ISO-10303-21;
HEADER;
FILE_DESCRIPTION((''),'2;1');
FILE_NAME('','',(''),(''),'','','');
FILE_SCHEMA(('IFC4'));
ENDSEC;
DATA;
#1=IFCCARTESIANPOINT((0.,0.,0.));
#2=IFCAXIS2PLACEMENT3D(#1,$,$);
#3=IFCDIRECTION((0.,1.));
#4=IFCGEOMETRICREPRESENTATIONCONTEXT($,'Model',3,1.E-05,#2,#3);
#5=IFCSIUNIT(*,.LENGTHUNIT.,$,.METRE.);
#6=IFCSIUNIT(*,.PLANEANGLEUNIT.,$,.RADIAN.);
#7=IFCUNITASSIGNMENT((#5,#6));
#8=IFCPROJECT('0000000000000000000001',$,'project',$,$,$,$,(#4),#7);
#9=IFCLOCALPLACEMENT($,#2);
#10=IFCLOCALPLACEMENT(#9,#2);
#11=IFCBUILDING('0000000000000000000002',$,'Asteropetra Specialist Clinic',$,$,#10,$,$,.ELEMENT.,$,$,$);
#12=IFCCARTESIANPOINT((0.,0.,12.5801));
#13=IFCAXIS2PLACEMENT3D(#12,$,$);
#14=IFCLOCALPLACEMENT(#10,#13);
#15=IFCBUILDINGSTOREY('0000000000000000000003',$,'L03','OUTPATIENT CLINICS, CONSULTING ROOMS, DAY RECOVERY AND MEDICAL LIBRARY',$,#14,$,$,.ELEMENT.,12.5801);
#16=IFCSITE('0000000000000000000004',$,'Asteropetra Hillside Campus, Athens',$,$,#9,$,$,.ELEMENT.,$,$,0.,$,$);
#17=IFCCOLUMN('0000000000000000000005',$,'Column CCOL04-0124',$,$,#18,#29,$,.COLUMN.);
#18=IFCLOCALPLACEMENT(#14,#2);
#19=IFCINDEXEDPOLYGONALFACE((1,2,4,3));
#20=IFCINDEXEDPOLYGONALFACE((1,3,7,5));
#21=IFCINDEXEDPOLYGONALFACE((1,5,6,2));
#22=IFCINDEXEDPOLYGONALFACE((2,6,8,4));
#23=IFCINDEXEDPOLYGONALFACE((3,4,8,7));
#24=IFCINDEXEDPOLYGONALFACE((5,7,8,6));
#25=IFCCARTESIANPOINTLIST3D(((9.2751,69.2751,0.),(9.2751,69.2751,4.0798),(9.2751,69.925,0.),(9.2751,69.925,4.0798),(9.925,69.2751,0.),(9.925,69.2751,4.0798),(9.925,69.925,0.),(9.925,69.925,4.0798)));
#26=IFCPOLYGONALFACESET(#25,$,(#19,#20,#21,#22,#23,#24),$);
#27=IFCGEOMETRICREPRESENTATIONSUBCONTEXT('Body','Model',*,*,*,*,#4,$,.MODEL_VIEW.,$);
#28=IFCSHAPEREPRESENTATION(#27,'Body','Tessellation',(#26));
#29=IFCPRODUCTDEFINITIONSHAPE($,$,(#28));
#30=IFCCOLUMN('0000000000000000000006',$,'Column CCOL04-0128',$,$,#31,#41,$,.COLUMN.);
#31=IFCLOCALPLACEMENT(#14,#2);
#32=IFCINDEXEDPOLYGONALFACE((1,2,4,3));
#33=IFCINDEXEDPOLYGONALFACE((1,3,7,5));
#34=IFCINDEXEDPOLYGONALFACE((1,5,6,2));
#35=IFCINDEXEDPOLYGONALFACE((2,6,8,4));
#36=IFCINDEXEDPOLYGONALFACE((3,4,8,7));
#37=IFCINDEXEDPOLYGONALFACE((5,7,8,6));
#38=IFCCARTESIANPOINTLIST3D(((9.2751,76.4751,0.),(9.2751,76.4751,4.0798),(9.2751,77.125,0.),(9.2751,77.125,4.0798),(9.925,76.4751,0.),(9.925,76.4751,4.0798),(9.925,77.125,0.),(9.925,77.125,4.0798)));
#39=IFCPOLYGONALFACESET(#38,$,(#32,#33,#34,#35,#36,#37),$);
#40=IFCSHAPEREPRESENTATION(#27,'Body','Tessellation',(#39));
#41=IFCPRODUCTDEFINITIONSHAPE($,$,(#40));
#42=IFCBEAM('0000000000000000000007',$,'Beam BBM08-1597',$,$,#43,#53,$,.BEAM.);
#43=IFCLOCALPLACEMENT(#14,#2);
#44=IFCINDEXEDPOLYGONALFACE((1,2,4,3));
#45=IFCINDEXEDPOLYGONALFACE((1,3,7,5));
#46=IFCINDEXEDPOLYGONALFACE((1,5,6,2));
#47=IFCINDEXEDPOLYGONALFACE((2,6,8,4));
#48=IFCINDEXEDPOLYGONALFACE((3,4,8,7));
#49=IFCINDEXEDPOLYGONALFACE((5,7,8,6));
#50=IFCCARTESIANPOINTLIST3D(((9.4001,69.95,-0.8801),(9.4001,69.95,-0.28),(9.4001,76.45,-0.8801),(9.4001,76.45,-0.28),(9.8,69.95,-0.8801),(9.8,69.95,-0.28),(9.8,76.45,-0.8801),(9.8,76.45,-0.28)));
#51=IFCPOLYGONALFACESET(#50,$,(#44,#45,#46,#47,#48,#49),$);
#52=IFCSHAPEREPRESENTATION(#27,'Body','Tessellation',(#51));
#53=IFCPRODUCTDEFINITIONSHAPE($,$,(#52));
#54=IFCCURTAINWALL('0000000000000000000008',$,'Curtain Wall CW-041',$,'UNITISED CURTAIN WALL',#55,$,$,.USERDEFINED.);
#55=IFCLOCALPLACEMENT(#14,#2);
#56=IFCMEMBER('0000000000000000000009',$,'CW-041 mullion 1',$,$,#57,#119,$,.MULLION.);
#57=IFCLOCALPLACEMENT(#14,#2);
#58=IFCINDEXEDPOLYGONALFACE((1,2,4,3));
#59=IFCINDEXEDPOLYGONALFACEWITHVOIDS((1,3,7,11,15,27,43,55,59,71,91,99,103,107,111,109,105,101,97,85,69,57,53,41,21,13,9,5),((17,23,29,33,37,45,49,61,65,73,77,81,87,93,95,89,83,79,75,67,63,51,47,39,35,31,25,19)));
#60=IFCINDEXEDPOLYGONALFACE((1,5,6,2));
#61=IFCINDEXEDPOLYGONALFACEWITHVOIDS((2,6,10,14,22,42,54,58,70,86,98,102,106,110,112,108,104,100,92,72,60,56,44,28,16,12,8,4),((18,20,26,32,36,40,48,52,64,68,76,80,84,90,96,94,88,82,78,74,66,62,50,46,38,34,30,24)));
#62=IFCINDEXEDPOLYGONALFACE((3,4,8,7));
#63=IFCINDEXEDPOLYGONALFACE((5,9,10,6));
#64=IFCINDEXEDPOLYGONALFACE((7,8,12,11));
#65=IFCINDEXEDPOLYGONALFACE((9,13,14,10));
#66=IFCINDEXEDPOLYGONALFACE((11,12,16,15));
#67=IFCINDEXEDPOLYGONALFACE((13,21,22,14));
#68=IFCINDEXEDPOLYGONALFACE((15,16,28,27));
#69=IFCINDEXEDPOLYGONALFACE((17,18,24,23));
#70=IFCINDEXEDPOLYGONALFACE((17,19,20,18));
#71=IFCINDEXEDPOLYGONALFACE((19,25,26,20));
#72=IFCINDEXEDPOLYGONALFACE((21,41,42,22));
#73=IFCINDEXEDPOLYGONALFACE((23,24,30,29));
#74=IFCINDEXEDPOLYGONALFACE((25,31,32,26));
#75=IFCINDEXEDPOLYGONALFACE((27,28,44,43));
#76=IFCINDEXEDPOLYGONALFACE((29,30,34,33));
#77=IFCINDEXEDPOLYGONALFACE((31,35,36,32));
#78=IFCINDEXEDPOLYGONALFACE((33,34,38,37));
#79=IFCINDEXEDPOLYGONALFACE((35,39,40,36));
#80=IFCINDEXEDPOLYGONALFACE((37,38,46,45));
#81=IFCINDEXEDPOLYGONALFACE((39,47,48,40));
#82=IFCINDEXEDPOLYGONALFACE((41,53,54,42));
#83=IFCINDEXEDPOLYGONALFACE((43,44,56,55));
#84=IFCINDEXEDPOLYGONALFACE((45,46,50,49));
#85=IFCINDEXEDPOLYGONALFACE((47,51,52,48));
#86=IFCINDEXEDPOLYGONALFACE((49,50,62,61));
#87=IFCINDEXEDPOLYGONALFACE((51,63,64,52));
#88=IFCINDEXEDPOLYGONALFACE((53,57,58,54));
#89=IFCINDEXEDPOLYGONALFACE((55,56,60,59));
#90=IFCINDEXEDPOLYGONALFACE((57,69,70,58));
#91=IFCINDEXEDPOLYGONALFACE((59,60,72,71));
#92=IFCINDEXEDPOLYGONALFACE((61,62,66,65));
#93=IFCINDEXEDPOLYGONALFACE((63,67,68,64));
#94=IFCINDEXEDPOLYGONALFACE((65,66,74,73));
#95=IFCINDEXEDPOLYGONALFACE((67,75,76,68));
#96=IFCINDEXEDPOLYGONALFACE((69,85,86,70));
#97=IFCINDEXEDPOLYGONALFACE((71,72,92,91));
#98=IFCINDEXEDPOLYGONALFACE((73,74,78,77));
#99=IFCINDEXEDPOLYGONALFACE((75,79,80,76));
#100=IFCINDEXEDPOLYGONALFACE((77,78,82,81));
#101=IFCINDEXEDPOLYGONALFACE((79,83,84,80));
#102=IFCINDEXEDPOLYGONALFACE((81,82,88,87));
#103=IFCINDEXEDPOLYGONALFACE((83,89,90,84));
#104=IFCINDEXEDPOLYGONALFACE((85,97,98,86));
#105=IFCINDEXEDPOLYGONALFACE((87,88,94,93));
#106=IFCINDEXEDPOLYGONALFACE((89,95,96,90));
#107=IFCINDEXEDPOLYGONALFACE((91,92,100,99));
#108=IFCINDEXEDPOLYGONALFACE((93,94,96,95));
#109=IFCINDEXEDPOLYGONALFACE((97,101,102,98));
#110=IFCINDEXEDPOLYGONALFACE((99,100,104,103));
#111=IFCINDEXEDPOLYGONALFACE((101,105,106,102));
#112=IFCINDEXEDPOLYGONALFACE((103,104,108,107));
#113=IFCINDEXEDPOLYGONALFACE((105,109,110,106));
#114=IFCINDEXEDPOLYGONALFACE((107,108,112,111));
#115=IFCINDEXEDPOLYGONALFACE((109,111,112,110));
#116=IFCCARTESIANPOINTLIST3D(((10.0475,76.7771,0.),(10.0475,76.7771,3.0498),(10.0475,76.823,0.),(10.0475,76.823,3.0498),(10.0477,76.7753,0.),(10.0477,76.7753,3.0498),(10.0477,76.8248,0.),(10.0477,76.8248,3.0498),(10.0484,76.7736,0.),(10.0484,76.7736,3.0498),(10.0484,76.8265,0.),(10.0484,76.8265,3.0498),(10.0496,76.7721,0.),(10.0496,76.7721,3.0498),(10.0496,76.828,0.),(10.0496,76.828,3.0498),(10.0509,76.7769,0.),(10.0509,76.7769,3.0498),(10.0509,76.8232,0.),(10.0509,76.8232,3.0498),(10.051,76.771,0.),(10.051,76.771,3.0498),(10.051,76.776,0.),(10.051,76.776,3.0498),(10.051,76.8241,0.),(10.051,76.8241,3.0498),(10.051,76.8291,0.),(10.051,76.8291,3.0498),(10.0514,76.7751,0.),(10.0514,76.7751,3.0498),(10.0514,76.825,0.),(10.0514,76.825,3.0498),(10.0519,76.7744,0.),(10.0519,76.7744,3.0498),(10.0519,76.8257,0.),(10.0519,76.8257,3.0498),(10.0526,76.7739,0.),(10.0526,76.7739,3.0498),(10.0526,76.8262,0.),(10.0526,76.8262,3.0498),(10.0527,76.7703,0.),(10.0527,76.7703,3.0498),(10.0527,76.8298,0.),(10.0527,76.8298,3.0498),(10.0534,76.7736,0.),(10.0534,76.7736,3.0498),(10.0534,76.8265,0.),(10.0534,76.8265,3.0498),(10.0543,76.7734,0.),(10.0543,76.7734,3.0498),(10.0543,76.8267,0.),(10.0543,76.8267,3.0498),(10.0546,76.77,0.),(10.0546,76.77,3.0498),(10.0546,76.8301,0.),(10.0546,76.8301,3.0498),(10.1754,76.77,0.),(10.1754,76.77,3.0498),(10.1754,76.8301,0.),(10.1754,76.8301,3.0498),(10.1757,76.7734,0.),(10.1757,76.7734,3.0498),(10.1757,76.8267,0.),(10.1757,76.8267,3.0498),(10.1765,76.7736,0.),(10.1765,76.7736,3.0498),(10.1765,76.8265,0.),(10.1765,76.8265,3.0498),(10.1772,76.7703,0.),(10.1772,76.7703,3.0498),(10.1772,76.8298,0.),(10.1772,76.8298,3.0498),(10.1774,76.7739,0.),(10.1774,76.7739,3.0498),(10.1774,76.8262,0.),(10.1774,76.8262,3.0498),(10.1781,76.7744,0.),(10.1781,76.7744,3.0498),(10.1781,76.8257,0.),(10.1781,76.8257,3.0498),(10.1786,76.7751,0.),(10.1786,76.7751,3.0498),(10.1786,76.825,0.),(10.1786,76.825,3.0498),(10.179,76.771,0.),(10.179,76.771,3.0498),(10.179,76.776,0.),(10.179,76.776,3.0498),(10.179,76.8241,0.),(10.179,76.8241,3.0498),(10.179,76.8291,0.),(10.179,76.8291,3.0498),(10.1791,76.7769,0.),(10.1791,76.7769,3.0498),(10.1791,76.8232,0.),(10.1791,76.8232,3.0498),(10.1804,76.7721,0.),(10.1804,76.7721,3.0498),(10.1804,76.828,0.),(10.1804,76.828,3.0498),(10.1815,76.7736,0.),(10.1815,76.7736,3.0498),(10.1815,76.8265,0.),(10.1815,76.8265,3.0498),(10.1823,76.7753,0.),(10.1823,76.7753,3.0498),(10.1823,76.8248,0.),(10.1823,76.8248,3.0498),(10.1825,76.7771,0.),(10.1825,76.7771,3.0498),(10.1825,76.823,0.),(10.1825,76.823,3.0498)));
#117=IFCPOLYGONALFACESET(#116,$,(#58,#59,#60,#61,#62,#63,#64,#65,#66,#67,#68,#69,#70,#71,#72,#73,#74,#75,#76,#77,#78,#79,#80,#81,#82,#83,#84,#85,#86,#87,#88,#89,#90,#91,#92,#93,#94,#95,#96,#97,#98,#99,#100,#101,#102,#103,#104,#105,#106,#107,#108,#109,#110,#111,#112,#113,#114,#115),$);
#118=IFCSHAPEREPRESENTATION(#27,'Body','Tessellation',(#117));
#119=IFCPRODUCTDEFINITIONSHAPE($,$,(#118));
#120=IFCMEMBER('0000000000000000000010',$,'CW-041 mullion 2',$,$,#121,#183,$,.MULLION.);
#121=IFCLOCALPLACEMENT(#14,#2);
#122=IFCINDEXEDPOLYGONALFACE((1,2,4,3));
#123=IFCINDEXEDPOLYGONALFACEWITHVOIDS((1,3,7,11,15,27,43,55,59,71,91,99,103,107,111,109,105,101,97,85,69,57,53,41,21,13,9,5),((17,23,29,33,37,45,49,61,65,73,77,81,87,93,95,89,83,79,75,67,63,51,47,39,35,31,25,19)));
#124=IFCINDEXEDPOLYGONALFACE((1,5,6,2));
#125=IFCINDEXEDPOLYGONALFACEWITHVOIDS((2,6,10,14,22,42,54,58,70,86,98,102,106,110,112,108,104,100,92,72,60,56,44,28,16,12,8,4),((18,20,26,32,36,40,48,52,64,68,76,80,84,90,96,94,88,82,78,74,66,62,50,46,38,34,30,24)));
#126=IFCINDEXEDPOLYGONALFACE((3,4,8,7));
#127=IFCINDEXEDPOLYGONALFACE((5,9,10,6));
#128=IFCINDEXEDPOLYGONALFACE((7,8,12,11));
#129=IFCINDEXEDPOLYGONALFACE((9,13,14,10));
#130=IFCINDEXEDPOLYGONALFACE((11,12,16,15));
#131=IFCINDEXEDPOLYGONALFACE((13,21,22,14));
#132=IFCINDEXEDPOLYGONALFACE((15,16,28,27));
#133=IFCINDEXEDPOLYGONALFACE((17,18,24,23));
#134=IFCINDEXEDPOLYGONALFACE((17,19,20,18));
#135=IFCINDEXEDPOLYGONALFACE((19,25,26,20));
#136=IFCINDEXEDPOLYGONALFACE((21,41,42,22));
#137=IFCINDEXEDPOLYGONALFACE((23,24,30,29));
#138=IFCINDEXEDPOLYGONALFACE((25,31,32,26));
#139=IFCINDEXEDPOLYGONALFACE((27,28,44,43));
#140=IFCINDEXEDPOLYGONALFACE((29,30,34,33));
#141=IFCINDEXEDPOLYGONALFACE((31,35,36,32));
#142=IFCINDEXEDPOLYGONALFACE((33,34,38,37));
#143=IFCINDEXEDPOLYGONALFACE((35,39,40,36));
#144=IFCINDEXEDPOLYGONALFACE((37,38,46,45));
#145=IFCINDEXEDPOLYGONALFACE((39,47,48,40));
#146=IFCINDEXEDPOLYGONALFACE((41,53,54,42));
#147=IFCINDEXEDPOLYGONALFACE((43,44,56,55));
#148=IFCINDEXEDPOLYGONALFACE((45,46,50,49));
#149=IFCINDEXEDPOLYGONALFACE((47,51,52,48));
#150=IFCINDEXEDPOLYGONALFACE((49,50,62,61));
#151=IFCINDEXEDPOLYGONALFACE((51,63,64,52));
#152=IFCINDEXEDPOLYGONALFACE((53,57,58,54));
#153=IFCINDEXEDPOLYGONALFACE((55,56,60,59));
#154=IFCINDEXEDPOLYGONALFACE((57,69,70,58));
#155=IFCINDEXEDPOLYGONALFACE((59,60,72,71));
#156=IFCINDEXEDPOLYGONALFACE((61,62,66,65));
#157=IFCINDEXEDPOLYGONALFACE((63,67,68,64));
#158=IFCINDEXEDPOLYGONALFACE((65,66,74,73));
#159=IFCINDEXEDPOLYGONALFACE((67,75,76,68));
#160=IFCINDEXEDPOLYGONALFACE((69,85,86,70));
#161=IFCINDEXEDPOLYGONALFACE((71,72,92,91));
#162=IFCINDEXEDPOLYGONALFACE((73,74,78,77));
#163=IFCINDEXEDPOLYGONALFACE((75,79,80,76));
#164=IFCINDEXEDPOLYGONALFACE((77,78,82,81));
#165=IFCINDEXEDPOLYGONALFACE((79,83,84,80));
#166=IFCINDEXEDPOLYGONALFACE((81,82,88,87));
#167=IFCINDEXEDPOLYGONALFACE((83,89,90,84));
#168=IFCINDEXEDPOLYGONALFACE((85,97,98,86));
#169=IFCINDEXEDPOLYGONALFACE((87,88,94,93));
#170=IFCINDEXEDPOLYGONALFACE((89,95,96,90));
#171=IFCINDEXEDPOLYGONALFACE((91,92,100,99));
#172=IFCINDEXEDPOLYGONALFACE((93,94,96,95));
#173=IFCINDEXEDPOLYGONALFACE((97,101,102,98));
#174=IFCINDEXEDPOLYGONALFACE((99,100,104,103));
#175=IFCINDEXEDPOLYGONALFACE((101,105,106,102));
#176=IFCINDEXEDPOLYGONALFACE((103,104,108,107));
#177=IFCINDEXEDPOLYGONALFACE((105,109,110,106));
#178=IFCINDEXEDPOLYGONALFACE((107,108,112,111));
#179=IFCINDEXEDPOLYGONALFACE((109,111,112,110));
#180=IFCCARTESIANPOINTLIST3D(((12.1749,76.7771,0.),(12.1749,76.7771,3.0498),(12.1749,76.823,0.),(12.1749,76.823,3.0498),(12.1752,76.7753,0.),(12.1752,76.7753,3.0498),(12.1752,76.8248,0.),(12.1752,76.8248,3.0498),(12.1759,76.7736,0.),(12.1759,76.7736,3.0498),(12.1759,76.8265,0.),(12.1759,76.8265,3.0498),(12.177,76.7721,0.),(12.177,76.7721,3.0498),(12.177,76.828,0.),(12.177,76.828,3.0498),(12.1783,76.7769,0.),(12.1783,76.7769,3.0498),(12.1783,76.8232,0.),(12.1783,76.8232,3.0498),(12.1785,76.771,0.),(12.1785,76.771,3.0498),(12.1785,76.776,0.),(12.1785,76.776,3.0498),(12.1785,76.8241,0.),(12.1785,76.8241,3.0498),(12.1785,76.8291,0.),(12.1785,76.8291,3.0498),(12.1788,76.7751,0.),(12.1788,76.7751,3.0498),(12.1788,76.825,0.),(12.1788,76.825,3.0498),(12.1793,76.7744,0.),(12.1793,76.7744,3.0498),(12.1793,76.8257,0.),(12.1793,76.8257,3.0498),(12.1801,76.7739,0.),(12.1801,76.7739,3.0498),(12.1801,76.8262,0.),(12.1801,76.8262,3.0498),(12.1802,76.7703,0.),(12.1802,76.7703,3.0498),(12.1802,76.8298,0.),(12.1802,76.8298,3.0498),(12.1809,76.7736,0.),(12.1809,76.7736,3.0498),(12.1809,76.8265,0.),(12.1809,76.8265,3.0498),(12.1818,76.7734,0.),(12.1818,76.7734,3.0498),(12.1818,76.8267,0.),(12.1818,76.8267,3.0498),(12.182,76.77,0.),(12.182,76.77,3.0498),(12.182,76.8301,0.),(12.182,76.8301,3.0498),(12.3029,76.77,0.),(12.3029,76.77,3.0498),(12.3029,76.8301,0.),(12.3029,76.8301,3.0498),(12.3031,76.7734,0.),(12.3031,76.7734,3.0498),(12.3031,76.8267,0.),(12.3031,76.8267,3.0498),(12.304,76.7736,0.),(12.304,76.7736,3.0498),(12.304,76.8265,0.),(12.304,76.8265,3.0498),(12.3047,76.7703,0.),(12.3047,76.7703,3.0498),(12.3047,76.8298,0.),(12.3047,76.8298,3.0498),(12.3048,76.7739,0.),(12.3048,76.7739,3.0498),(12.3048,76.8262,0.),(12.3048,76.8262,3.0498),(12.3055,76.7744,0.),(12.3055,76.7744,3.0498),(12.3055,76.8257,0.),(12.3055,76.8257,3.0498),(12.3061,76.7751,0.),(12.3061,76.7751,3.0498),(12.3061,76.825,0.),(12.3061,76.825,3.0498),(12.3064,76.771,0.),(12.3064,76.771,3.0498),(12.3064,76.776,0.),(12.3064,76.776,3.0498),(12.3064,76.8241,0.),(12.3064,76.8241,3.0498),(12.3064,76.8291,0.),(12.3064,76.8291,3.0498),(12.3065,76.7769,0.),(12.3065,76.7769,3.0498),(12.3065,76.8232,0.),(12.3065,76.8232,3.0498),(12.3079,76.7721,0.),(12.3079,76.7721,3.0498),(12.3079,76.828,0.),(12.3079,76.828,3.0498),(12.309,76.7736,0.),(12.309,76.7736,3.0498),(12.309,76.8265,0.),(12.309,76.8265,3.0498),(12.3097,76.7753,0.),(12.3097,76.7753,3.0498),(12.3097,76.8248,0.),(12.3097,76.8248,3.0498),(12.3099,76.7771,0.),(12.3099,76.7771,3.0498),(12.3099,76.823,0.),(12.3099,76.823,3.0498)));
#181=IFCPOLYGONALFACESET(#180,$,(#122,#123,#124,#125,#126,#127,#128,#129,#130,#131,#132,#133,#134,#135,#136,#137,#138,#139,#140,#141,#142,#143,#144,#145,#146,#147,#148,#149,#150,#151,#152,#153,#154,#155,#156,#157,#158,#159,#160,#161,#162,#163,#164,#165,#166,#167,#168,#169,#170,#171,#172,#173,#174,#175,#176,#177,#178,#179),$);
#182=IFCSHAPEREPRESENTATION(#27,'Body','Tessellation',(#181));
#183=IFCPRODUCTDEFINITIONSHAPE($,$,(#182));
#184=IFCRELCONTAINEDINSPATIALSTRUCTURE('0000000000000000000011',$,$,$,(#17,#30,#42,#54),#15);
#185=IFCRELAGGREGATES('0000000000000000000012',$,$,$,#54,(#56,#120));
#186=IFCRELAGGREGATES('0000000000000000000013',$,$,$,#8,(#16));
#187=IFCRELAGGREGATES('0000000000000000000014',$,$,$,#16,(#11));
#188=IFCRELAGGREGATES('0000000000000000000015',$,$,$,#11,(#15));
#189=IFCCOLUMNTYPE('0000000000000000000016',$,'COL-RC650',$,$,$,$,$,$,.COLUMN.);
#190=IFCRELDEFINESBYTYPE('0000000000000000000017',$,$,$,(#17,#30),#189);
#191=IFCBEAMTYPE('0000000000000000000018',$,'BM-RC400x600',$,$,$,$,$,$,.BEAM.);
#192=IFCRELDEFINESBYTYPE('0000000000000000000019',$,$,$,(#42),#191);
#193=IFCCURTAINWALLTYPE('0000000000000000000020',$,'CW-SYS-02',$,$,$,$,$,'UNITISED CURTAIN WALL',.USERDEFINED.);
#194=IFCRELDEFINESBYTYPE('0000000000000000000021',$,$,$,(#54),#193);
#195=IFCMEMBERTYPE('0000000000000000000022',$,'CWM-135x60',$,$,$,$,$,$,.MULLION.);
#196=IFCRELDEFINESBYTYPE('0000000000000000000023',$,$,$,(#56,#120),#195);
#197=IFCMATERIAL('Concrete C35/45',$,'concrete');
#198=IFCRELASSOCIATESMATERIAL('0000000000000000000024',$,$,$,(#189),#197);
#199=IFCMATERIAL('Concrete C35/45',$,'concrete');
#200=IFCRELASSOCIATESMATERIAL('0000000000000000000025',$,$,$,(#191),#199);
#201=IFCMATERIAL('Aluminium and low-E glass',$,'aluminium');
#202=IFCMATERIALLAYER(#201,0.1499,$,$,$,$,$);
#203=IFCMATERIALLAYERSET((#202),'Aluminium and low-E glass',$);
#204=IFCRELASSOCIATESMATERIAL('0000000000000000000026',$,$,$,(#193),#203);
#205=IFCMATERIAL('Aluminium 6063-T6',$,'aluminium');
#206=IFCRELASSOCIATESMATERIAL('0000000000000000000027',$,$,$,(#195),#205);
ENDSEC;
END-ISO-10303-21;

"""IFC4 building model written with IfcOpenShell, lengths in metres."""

from ifc_helpers import new_model, si_unit, direction, frame, origin, origin_2d, place, context, subcontext, project, spatial, rectangle, hollow_rectangle, extrude, material, layer, layer_set, material_profile, profile_set, type_object, element, aggregate, save


model = new_model("IFC4")

# Units and contexts
model_context = context("Model", 3, precision=1e-05, world=origin(), true_north=direction((0.0, 1.0)))
body_context = subcontext(model_context, "Body", "Model", "MODEL_VIEW")
ifc_project = project(units=[si_unit("LENGTHUNIT", "METRE"), si_unit("PLANEANGLEUNIT", "RADIAN")], contexts=[model_context])

# Site, building, storey
site_placement = place(None, origin())
site = spatial("IfcSite", under=ifc_project, at=site_placement, Name="Asteropetra Hillside Campus, Athens", CompositionType="ELEMENT", RefElevation=0.0)
building_placement = place(site_placement, origin())
building = spatial("IfcBuilding", under=site, at=building_placement, Name="Asteropetra Specialist Clinic", CompositionType="ELEMENT")
storey_placement = place(building_placement, frame((0.0, 0.0, 12.5801)))
storey = spatial("IfcBuildingStorey", under=building, at=storey_placement, Name="L03", Description="OUTPATIENT CLINICS, CONSULTING ROOMS, DAY RECOVERY AND MEDICAL LIBRARY", CompositionType="ELEMENT", Elevation=12.5801)

# Columns
ifc_material_1 = material(Name="Concrete C35/45", Category="concrete")
ifc_material_profile_1 = material_profile(ifc_material_1, rectangle(XDim=0.6499, YDim=0.6499, at=origin_2d()), Name="RC 650x650")
ifc_profile_set_1 = profile_set([ifc_material_profile_1], Name="Concrete C35/45")
column_type = type_object("IfcColumnType", Name="COL-RC650", PredefinedType="COLUMN", material=ifc_profile_set_1)
for number, where, z_axis, x_axis, name in (
    (1, (9.6001, 69.6001, 0.0), (0.0, 0.0, 1.0), (1.0, 0.0, 0.0), "Column CCOL04-0124"),
    (2, (9.6001, 76.8, 0.0), (0.0, 0.0, 1.0), (1.0, 0.0, 0.0), "Column CCOL04-0128"),
):
    element("IfcColumn", number, at=place(storey_placement, frame(where, z_axis=z_axis, x_axis=x_axis)), inside=storey, type_object=column_type, Name=name, PredefinedType="COLUMN", context=body_context, shape_type="SweptSolid", body=[
        extrude(rectangle(XDim=0.6499, YDim=0.6499, at=origin_2d()), origin(), (0.0, 0.0, 1.0), 4.0798),
    ])

# Beam
ifc_material_2 = material(Name="Concrete C35/45", Category="concrete")
ifc_material_profile_2 = material_profile(ifc_material_2, rectangle(XDim=0.3999, YDim=0.6001, at=origin_2d()), Name="RCB 400x600")
ifc_profile_set_2 = profile_set([ifc_material_profile_2], Name="Concrete C35/45")
beam_type_1 = type_object("IfcBeamType", Name="BM-RC400x600", PredefinedType="BEAM", material=ifc_profile_set_2)
beam_1_placement = place(storey_placement, frame((9.6001, 69.95, -0.5801), z_axis=(0.0, 1.0, 0.0), x_axis=(-1.0, 0.0, 0.0)))
element("IfcBeam", 3, at=beam_1_placement, inside=storey, type_object=beam_type_1, Name="Beam BBM08-1597", PredefinedType="BEAM", context=body_context, shape_type="SweptSolid", body=[
    extrude(rectangle(XDim=0.3999, YDim=0.6001, at=origin_2d()), origin(), (0.0, 0.0, 1.0), 6.5),
])

# Curtain wall, members
ifc_material_3 = material(Name="Aluminium and low-E glass", Category="aluminium")
ifc_layer_1 = layer(ifc_material_3, 0.1499)
ifc_layer_set_1 = layer_set([ifc_layer_1], Name="Aluminium and low-E glass")
curtain_wall_type = type_object("IfcCurtainWallType", Name="CW-SYS-02", ElementType="UNITISED CURTAIN WALL", PredefinedType="USERDEFINED", material=ifc_layer_set_1)
curtain_wall_placement = place(storey_placement, origin())
curtain_wall = element("IfcCurtainWall", 4, at=curtain_wall_placement, inside=storey, type_object=curtain_wall_type, Name="Curtain Wall CW-041", ObjectType="UNITISED CURTAIN WALL", PredefinedType="USERDEFINED")
ifc_material_4 = material(Name="Aluminium 6063-T6", Category="aluminium")
ifc_material_profile_3 = material_profile(ifc_material_4, hollow_rectangle(XDim=0.0601, YDim=0.135, WallThickness=0.0034, InnerFilletRadius=0.0034, OuterFilletRadius=0.0071, at=origin_2d()), Name="MUL 135x60x3.5")
ifc_profile_set_3 = profile_set([ifc_material_profile_3], Name="Aluminium 6063-T6")
member_type_1 = type_object("IfcMemberType", Name="CWM-135x60", PredefinedType="MULLION", material=ifc_profile_set_3)
member_1_placement = place(storey_placement, frame((10.115, 76.8, 0.0), z_axis=(0.0, 0.0, 1.0), x_axis=(0.0, 1.0, 0.0)))
member_1 = element("IfcMember", 5, at=member_1_placement, type_object=member_type_1, Name="CW-041 mullion 1", PredefinedType="MULLION", context=body_context, shape_type="SweptSolid", body=[
    extrude(hollow_rectangle(XDim=0.0601, YDim=0.135, WallThickness=0.0034, InnerFilletRadius=0.0034, OuterFilletRadius=0.0071, at=origin_2d()), origin(), (0.0, 0.0, 1.0), 3.0498),
])
member_2_placement = place(storey_placement, frame((12.2424, 76.8, 0.0), z_axis=(0.0, 0.0, 1.0), x_axis=(0.0, 1.0, 0.0)))
member_2 = element("IfcMember", 6, at=member_2_placement, type_object=member_type_1, Name="CW-041 mullion 2", PredefinedType="MULLION", context=body_context, shape_type="SweptSolid", body=[
    extrude(hollow_rectangle(XDim=0.0601, YDim=0.135, WallThickness=0.0034, InnerFilletRadius=0.0034, OuterFilletRadius=0.0071, at=origin_2d()), origin(), (0.0, 0.0, 1.0), 3.0498),
])

aggregate(curtain_wall, [member_1, member_2])

save(model, "model.ifc")
